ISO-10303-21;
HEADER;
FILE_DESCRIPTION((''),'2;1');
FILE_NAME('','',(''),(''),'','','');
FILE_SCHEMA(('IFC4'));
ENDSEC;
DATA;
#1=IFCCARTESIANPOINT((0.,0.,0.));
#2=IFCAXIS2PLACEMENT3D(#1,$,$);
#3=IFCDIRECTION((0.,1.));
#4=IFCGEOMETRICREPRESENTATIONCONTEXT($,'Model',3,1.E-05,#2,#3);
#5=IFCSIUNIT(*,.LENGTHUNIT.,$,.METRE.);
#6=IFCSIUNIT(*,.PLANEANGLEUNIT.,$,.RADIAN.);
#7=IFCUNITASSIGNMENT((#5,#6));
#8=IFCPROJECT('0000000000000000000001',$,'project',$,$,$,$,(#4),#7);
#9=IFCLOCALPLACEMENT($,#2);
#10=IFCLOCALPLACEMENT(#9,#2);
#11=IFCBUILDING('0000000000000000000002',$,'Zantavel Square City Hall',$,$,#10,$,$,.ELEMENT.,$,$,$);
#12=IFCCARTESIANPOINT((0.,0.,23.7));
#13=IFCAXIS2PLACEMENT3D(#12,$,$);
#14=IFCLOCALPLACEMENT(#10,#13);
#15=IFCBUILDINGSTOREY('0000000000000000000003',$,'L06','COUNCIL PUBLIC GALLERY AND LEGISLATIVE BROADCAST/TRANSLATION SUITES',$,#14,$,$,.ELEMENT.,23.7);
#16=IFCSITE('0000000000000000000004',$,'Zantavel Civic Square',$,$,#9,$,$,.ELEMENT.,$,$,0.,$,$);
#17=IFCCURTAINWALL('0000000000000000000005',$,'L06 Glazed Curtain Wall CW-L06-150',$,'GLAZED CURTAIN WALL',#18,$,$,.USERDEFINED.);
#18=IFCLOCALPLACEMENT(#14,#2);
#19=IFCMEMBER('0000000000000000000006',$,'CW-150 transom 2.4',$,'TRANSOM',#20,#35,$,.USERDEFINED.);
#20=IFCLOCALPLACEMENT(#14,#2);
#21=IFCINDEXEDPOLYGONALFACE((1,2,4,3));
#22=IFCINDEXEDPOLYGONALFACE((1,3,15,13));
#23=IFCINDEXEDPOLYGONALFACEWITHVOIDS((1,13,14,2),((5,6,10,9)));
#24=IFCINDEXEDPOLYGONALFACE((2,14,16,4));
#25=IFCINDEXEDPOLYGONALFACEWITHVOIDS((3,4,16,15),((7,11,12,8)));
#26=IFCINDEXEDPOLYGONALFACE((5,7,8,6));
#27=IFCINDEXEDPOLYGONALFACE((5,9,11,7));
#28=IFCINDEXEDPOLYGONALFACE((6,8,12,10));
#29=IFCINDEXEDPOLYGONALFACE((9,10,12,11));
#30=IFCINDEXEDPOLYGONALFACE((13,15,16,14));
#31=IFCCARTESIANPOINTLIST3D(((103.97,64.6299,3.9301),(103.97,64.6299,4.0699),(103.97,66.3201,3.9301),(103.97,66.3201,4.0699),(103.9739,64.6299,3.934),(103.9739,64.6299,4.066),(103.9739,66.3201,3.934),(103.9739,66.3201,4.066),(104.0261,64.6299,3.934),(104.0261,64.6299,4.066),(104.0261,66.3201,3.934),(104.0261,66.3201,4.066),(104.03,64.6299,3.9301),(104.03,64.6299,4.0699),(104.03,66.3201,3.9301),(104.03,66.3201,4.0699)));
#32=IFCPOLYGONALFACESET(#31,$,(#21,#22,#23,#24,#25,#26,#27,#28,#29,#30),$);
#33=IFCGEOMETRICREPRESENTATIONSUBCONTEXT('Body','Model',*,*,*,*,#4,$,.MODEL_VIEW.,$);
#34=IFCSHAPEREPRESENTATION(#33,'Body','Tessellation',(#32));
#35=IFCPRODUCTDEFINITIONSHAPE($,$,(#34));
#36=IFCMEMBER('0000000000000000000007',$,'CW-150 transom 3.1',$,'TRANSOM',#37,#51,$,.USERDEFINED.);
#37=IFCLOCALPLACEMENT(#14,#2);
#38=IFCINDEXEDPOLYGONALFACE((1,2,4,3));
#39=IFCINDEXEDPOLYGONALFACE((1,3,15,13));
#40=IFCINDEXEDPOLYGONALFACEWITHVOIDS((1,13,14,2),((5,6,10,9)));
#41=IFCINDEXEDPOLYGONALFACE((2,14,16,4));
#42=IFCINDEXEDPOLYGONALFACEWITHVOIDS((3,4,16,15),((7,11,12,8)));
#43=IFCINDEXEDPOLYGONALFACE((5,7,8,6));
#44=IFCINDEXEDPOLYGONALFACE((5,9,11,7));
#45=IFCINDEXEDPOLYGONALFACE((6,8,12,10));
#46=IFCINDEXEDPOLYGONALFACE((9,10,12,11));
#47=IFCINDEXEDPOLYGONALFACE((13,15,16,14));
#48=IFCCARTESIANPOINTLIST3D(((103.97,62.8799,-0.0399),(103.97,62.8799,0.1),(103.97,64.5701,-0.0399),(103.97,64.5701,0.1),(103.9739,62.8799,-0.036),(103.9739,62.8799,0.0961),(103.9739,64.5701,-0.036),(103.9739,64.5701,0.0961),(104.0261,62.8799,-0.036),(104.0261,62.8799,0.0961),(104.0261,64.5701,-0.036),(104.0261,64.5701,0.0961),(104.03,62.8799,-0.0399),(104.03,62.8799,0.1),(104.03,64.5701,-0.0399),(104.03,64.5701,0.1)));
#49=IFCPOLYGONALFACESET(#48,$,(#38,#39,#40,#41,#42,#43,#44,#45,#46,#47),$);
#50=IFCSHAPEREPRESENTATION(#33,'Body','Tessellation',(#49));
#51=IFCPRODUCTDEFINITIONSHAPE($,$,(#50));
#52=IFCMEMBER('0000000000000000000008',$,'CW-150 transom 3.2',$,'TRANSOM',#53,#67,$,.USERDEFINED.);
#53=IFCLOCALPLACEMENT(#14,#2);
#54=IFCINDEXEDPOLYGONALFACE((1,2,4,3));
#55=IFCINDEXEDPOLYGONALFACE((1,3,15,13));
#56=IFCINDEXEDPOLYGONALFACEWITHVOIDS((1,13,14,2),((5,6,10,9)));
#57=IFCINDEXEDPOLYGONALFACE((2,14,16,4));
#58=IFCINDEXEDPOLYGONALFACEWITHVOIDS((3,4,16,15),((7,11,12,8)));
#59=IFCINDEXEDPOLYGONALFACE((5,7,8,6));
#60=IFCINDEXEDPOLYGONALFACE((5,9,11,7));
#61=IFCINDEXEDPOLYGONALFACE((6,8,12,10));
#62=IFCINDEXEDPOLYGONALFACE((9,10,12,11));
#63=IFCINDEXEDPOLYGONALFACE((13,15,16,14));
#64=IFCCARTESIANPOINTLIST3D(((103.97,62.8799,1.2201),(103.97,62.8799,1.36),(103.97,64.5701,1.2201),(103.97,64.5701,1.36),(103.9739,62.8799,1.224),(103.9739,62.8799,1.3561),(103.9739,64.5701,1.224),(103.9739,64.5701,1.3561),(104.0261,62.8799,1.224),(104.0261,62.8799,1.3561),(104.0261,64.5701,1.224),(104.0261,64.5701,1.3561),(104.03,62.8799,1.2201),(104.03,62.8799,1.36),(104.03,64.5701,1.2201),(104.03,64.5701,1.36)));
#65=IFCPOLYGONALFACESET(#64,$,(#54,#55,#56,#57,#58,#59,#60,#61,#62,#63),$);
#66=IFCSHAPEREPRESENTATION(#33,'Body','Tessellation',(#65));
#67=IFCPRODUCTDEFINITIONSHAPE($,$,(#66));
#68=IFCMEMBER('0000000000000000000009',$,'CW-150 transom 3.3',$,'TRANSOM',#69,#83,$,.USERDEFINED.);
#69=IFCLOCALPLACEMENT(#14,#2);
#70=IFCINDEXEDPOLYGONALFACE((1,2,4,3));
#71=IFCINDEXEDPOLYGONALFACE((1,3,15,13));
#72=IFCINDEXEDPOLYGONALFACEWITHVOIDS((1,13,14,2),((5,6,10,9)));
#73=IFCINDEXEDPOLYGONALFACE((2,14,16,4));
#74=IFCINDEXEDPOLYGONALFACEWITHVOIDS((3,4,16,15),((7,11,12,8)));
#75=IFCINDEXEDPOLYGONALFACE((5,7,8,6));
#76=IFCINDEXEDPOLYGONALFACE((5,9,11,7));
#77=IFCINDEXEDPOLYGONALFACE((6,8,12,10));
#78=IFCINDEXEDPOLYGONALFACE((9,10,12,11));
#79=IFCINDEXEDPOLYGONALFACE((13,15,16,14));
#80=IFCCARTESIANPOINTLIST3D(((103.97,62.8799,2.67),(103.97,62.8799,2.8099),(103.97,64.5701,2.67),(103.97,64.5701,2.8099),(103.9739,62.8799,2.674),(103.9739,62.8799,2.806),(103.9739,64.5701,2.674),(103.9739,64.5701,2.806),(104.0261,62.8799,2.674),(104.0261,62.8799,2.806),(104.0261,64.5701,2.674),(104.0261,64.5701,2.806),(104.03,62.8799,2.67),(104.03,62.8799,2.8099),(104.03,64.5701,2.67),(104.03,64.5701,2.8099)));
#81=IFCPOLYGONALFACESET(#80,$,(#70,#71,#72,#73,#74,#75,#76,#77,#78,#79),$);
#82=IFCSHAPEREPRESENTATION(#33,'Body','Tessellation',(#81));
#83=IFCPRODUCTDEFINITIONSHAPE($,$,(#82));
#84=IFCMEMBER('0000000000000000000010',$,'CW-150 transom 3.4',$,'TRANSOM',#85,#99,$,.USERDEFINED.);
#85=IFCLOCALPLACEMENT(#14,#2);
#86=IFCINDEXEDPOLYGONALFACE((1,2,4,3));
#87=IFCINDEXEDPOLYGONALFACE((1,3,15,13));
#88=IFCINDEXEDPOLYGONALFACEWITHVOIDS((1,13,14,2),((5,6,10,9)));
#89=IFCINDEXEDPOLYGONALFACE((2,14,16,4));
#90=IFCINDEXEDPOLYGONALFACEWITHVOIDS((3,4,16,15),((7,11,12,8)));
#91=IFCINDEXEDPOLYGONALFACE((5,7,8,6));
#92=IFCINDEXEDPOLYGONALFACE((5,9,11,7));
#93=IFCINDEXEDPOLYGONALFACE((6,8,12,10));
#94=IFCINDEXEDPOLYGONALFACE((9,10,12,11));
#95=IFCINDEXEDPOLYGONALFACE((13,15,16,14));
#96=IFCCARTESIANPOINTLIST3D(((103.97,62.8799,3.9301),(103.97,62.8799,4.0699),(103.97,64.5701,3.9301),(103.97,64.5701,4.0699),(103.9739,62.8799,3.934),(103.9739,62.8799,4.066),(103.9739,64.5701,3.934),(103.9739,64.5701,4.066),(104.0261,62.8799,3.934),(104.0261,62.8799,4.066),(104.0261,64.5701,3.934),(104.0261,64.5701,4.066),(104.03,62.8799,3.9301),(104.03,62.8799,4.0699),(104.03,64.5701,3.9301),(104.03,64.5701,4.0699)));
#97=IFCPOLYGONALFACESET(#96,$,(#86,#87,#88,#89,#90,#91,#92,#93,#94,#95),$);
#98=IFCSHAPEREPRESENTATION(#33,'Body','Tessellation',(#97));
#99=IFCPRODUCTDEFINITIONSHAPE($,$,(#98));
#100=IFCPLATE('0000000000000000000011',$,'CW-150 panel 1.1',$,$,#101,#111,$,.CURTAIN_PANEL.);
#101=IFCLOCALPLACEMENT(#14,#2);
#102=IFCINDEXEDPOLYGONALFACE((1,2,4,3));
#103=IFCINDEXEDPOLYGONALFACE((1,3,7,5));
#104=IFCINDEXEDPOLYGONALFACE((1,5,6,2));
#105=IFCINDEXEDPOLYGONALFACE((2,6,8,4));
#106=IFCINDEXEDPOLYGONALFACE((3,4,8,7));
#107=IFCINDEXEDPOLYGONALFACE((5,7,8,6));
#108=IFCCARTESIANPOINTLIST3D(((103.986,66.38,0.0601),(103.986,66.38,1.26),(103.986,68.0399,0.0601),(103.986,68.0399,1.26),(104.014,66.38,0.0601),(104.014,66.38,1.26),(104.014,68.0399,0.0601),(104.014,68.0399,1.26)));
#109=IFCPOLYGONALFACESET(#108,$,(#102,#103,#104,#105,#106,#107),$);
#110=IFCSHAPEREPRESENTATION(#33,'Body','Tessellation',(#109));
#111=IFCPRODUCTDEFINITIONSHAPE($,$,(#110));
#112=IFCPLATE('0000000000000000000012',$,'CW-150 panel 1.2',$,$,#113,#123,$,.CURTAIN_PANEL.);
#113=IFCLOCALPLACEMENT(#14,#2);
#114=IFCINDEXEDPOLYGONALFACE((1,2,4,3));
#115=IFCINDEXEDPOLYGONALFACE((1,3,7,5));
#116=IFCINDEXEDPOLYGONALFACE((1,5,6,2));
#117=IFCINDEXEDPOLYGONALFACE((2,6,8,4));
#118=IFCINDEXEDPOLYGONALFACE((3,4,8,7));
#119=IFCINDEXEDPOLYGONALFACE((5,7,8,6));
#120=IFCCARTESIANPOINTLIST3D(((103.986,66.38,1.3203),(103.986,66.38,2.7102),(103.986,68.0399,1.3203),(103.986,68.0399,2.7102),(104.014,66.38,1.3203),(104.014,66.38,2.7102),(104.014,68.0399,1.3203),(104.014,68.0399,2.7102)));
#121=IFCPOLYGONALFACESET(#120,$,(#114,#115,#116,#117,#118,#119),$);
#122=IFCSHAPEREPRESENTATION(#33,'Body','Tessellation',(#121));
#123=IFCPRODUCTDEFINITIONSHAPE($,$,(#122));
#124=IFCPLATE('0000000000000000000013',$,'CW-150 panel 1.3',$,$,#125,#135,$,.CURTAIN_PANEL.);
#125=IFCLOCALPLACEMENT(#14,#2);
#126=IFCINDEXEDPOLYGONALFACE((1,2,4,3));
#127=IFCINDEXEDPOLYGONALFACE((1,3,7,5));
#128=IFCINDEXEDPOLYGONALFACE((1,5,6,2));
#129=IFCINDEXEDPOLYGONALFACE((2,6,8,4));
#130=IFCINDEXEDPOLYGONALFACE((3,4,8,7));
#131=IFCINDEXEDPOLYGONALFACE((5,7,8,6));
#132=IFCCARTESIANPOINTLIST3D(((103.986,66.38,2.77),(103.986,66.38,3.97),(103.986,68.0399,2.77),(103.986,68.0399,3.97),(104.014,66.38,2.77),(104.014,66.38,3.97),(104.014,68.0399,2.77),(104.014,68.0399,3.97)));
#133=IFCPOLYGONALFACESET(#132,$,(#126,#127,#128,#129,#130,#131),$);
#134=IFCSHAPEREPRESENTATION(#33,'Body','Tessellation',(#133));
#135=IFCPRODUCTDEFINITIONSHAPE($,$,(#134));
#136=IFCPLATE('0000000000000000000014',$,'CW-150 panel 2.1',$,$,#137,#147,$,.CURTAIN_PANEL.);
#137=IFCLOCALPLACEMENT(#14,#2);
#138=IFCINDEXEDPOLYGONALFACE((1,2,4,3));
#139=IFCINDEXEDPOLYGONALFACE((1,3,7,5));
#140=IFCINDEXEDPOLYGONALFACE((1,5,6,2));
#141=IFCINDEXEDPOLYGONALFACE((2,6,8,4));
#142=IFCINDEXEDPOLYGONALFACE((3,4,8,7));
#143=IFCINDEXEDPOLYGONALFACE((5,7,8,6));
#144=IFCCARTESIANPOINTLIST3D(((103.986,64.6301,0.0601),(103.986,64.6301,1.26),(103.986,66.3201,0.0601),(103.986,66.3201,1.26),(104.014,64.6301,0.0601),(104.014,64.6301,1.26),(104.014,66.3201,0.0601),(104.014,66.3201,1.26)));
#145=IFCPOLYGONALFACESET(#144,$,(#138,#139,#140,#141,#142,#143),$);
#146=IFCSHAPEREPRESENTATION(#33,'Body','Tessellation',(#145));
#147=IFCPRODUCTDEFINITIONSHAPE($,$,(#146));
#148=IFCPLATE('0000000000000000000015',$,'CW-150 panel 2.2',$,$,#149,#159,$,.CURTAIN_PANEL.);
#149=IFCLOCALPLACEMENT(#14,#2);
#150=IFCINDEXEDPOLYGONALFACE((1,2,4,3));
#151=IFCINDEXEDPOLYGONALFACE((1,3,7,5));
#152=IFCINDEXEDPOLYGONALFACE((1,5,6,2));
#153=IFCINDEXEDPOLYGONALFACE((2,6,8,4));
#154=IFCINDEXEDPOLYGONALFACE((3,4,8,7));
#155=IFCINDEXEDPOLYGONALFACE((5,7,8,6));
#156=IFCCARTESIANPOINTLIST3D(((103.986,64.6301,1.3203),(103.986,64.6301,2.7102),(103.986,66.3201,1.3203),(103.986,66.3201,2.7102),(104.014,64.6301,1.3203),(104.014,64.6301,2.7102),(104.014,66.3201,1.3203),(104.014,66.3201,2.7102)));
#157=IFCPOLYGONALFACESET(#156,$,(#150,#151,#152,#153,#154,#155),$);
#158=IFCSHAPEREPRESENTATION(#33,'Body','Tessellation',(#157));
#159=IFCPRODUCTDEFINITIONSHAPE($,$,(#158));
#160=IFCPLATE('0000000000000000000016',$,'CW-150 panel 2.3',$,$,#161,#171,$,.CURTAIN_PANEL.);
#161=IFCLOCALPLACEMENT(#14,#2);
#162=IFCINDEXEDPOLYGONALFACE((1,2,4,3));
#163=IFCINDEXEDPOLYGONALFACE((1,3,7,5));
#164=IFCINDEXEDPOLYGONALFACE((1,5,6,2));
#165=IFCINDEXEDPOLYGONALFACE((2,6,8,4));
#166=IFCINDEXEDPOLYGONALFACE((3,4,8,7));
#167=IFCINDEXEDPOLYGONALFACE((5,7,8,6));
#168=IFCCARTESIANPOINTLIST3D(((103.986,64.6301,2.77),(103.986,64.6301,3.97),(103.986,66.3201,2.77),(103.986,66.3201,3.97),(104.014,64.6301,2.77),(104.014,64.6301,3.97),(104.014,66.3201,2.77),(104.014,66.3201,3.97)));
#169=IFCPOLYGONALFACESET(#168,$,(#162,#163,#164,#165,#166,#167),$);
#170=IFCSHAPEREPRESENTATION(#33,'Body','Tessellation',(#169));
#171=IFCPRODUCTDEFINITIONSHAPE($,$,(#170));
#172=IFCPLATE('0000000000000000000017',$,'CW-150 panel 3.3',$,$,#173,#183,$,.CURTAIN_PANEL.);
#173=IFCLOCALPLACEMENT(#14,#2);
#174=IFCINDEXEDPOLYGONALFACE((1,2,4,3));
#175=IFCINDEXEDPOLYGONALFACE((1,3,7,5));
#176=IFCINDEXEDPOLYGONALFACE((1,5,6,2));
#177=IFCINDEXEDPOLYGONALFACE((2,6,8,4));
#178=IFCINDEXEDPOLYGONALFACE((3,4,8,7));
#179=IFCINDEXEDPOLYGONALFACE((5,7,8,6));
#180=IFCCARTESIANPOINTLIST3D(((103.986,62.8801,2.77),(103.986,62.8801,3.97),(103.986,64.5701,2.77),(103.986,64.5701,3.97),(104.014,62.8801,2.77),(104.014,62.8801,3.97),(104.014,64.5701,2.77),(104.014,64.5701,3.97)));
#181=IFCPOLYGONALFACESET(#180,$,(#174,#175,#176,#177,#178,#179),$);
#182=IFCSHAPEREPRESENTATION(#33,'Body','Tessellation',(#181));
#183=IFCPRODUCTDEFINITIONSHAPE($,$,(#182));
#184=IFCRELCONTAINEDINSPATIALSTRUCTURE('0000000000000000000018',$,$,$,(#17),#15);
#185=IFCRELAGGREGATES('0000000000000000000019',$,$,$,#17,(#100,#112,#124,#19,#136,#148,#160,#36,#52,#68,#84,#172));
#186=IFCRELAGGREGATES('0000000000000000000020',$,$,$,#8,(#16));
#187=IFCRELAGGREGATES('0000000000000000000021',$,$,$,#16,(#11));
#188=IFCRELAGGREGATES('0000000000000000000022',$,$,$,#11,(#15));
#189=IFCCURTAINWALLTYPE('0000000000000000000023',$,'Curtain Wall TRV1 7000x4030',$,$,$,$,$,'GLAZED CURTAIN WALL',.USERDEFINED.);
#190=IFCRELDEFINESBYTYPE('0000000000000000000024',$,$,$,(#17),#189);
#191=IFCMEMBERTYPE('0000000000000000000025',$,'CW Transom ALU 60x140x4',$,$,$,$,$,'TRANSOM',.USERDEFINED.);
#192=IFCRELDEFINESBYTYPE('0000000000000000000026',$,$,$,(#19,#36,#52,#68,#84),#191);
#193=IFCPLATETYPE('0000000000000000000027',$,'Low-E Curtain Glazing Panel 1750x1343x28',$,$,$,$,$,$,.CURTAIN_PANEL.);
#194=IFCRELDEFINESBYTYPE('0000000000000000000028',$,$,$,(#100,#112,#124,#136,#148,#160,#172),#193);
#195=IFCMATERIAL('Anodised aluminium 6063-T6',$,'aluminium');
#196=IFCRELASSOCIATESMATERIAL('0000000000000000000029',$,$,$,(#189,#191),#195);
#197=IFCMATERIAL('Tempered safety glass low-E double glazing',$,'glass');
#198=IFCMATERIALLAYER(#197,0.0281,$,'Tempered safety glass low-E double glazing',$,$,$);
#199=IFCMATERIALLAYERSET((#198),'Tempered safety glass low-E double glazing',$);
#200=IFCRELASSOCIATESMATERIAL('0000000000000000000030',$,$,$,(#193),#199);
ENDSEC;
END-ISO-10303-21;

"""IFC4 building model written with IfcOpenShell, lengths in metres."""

from ifc_helpers import new_model, si_unit, direction, frame, origin, origin_2d, place, context, subcontext, project, spatial, rectangle, hollow_rectangle, extrude, material, layer, layer_set, material_profile, profile_set, type_object, element, aggregate, save


model = new_model("IFC4")

# Units and contexts
model_context = context("Model", 3, precision=1e-05, world=origin(), true_north=direction((0.0, 1.0)))
body_context = subcontext(model_context, "Body", "Model", "MODEL_VIEW")
ifc_project = project(units=[si_unit("LENGTHUNIT", "METRE"), si_unit("PLANEANGLEUNIT", "RADIAN")], contexts=[model_context])

# Site, building, storey
site_placement = place(None, origin())
site = spatial("IfcSite", under=ifc_project, at=site_placement, Name="Zantavel Civic Square", CompositionType="ELEMENT", RefElevation=0.0)
building_placement = place(site_placement, origin())
building = spatial("IfcBuilding", under=site, at=building_placement, Name="Zantavel Square City Hall", CompositionType="ELEMENT")
storey_placement = place(building_placement, frame((0.0, 0.0, 23.7)))
storey = spatial("IfcBuildingStorey", under=building, at=storey_placement, Name="L06", Description="COUNCIL PUBLIC GALLERY AND LEGISLATIVE BROADCAST/TRANSLATION SUITES", CompositionType="ELEMENT", Elevation=23.7)

# Curtain wall, members, plates
ifc_material_1 = material(Name="Anodised aluminium 6063-T6", Category="aluminium")
curtain_wall_type = type_object("IfcCurtainWallType", Name="Curtain Wall TRV1 7000x4030", ElementType="GLAZED CURTAIN WALL", PredefinedType="USERDEFINED", material=ifc_material_1)
curtain_wall_placement = place(storey_placement, origin())
curtain_wall = element("IfcCurtainWall", 1, at=curtain_wall_placement, inside=storey, type_object=curtain_wall_type, Name="L06 Glazed Curtain Wall CW-L06-150", ObjectType="GLAZED CURTAIN WALL", PredefinedType="USERDEFINED")
ifc_material_profile_1 = material_profile(ifc_material_1, hollow_rectangle(XDim=0.0601, YDim=0.1399, WallThickness=0.0039, at=origin_2d()), Name="ALU 60x140x4")
ifc_profile_set_1 = profile_set([ifc_material_profile_1], Name="Anodised aluminium 6063-T6")
member_type_1 = type_object("IfcMemberType", Name="CW Transom ALU 60x140x4", ElementType="TRANSOM", PredefinedType="USERDEFINED", material=ifc_profile_set_1)
member_1_placement = place(storey_placement, frame((104.0, 66.3201, 4.0), z_axis=(0.0, -1.0, 0.0), x_axis=(1.0, 0.0, 0.0)))
member_1 = element("IfcMember", 2, at=member_1_placement, type_object=member_type_1, Name="CW-150 transom 2.4", ObjectType="TRANSOM", PredefinedType="USERDEFINED", context=body_context, shape_type="SweptSolid", body=[
    extrude(hollow_rectangle(XDim=0.0601, YDim=0.1399, WallThickness=0.0039, at=origin_2d()), origin(), (0.0, 0.0, 1.0), 1.6902),
])
member_2_placement = place(storey_placement, frame((104.0, 64.5701, 0.03), z_axis=(0.0, -1.0, 0.0), x_axis=(1.0, 0.0, 0.0)))
member_2 = element("IfcMember", 3, at=member_2_placement, type_object=member_type_1, Name="CW-150 transom 3.1", ObjectType="TRANSOM", PredefinedType="USERDEFINED", context=body_context, shape_type="SweptSolid", body=[
    extrude(hollow_rectangle(XDim=0.0601, YDim=0.1399, WallThickness=0.0039, at=origin_2d()), origin(), (0.0, 0.0, 1.0), 1.6902),
])
member_3_placement = place(storey_placement, frame((104.0, 64.5701, 1.29), z_axis=(0.0, -1.0, 0.0), x_axis=(1.0, 0.0, 0.0)))
member_3 = element("IfcMember", 4, at=member_3_placement, type_object=member_type_1, Name="CW-150 transom 3.2", ObjectType="TRANSOM", PredefinedType="USERDEFINED", context=body_context, shape_type="SweptSolid", body=[
    extrude(hollow_rectangle(XDim=0.0601, YDim=0.1399, WallThickness=0.0039, at=origin_2d()), origin(), (0.0, 0.0, 1.0), 1.6902),
])
member_4_placement = place(storey_placement, frame((104.0, 64.5701, 2.74), z_axis=(0.0, -1.0, 0.0), x_axis=(1.0, 0.0, 0.0)))
member_4 = element("IfcMember", 5, at=member_4_placement, type_object=member_type_1, Name="CW-150 transom 3.3", ObjectType="TRANSOM", PredefinedType="USERDEFINED", context=body_context, shape_type="SweptSolid", body=[
    extrude(hollow_rectangle(XDim=0.0601, YDim=0.1399, WallThickness=0.0039, at=origin_2d()), origin(), (0.0, 0.0, 1.0), 1.6902),
])
member_5_placement = place(storey_placement, frame((104.0, 64.5701, 4.0), z_axis=(0.0, -1.0, 0.0), x_axis=(1.0, 0.0, 0.0)))
member_5 = element("IfcMember", 6, at=member_5_placement, type_object=member_type_1, Name="CW-150 transom 3.4", ObjectType="TRANSOM", PredefinedType="USERDEFINED", context=body_context, shape_type="SweptSolid", body=[
    extrude(hollow_rectangle(XDim=0.0601, YDim=0.1399, WallThickness=0.0039, at=origin_2d()), origin(), (0.0, 0.0, 1.0), 1.6902),
])
ifc_material_2 = material(Name="Tempered safety glass low-E double glazing", Category="glass")
ifc_layer = layer(ifc_material_2, 0.0281, Name="Tempered safety glass low-E double glazing")
ifc_layer_set = layer_set([ifc_layer], Name="Tempered safety glass low-E double glazing")
plate_type = type_object("IfcPlateType", Name="Low-E Curtain Glazing Panel 1750x1343x28", PredefinedType="CURTAIN_PANEL", material=ifc_layer_set)
plate_1_placement = place(storey_placement, frame((104.0, 67.21, 0.0601), z_axis=(0.0, 0.0, 1.0), x_axis=(0.0, -1.0, 0.0)))
plate_1 = element("IfcPlate", 7, at=plate_1_placement, type_object=plate_type, Name="CW-150 panel 1.1", PredefinedType="CURTAIN_PANEL", context=body_context, shape_type="SweptSolid", body=[
    extrude(rectangle(XDim=1.6599, YDim=0.0281, at=origin_2d()), origin(), (0.0, 0.0, 1.0), 1.2),
])
plate_2_placement = place(storey_placement, frame((104.0, 67.21, 1.3203), z_axis=(0.0, 0.0, 1.0), x_axis=(0.0, -1.0, 0.0)))
plate_2 = element("IfcPlate", 8, at=plate_2_placement, type_object=plate_type, Name="CW-150 panel 1.2", PredefinedType="CURTAIN_PANEL", context=body_context, shape_type="SweptSolid", body=[
    extrude(rectangle(XDim=1.6599, YDim=0.0281, at=origin_2d()), origin(), (0.0, 0.0, 1.0), 1.3899),
])
plate_3_placement = place(storey_placement, frame((104.0, 67.21, 2.77), z_axis=(0.0, 0.0, 1.0), x_axis=(0.0, -1.0, 0.0)))
plate_3 = element("IfcPlate", 9, at=plate_3_placement, type_object=plate_type, Name="CW-150 panel 1.3", PredefinedType="CURTAIN_PANEL", context=body_context, shape_type="SweptSolid", body=[
    extrude(rectangle(XDim=1.6599, YDim=0.0281, at=origin_2d()), origin(), (0.0, 0.0, 1.0), 1.2),
])
plate_4_placement = place(storey_placement, frame((104.0, 65.4751, 0.0601), z_axis=(0.0, 0.0, 1.0), x_axis=(0.0, -1.0, 0.0)))
plate_4 = element("IfcPlate", 10, at=plate_4_placement, type_object=plate_type, Name="CW-150 panel 2.1", PredefinedType="CURTAIN_PANEL", context=body_context, shape_type="SweptSolid", body=[
    extrude(rectangle(XDim=1.6899, YDim=0.0281, at=origin_2d()), origin(), (0.0, 0.0, 1.0), 1.2),
])
plate_5_placement = place(storey_placement, frame((104.0, 65.4751, 1.3203), z_axis=(0.0, 0.0, 1.0), x_axis=(0.0, -1.0, 0.0)))
plate_5 = element("IfcPlate", 11, at=plate_5_placement, type_object=plate_type, Name="CW-150 panel 2.2", PredefinedType="CURTAIN_PANEL", context=body_context, shape_type="SweptSolid", body=[
    extrude(rectangle(XDim=1.6899, YDim=0.0281, at=origin_2d()), origin(), (0.0, 0.0, 1.0), 1.3899),
])
plate_6_placement = place(storey_placement, frame((104.0, 65.4751, 2.77), z_axis=(0.0, 0.0, 1.0), x_axis=(0.0, -1.0, 0.0)))
plate_6 = element("IfcPlate", 12, at=plate_6_placement, type_object=plate_type, Name="CW-150 panel 2.3", PredefinedType="CURTAIN_PANEL", context=body_context, shape_type="SweptSolid", body=[
    extrude(rectangle(XDim=1.6899, YDim=0.0281, at=origin_2d()), origin(), (0.0, 0.0, 1.0), 1.2),
])
plate_7_placement = place(storey_placement, frame((104.0, 63.7251, 2.77), z_axis=(0.0, 0.0, 1.0), x_axis=(0.0, -1.0, 0.0)))
plate_7 = element("IfcPlate", 13, at=plate_7_placement, type_object=plate_type, Name="CW-150 panel 3.3", PredefinedType="CURTAIN_PANEL", context=body_context, shape_type="SweptSolid", body=[
    extrude(rectangle(XDim=1.6899, YDim=0.0281, at=origin_2d()), origin(), (0.0, 0.0, 1.0), 1.2),
])
aggregate(curtain_wall, [plate_1, plate_2, plate_3, member_1, plate_4, plate_5, plate_6, member_2, member_3, member_4, member_5, plate_7])

save(model, "model.ifc")
